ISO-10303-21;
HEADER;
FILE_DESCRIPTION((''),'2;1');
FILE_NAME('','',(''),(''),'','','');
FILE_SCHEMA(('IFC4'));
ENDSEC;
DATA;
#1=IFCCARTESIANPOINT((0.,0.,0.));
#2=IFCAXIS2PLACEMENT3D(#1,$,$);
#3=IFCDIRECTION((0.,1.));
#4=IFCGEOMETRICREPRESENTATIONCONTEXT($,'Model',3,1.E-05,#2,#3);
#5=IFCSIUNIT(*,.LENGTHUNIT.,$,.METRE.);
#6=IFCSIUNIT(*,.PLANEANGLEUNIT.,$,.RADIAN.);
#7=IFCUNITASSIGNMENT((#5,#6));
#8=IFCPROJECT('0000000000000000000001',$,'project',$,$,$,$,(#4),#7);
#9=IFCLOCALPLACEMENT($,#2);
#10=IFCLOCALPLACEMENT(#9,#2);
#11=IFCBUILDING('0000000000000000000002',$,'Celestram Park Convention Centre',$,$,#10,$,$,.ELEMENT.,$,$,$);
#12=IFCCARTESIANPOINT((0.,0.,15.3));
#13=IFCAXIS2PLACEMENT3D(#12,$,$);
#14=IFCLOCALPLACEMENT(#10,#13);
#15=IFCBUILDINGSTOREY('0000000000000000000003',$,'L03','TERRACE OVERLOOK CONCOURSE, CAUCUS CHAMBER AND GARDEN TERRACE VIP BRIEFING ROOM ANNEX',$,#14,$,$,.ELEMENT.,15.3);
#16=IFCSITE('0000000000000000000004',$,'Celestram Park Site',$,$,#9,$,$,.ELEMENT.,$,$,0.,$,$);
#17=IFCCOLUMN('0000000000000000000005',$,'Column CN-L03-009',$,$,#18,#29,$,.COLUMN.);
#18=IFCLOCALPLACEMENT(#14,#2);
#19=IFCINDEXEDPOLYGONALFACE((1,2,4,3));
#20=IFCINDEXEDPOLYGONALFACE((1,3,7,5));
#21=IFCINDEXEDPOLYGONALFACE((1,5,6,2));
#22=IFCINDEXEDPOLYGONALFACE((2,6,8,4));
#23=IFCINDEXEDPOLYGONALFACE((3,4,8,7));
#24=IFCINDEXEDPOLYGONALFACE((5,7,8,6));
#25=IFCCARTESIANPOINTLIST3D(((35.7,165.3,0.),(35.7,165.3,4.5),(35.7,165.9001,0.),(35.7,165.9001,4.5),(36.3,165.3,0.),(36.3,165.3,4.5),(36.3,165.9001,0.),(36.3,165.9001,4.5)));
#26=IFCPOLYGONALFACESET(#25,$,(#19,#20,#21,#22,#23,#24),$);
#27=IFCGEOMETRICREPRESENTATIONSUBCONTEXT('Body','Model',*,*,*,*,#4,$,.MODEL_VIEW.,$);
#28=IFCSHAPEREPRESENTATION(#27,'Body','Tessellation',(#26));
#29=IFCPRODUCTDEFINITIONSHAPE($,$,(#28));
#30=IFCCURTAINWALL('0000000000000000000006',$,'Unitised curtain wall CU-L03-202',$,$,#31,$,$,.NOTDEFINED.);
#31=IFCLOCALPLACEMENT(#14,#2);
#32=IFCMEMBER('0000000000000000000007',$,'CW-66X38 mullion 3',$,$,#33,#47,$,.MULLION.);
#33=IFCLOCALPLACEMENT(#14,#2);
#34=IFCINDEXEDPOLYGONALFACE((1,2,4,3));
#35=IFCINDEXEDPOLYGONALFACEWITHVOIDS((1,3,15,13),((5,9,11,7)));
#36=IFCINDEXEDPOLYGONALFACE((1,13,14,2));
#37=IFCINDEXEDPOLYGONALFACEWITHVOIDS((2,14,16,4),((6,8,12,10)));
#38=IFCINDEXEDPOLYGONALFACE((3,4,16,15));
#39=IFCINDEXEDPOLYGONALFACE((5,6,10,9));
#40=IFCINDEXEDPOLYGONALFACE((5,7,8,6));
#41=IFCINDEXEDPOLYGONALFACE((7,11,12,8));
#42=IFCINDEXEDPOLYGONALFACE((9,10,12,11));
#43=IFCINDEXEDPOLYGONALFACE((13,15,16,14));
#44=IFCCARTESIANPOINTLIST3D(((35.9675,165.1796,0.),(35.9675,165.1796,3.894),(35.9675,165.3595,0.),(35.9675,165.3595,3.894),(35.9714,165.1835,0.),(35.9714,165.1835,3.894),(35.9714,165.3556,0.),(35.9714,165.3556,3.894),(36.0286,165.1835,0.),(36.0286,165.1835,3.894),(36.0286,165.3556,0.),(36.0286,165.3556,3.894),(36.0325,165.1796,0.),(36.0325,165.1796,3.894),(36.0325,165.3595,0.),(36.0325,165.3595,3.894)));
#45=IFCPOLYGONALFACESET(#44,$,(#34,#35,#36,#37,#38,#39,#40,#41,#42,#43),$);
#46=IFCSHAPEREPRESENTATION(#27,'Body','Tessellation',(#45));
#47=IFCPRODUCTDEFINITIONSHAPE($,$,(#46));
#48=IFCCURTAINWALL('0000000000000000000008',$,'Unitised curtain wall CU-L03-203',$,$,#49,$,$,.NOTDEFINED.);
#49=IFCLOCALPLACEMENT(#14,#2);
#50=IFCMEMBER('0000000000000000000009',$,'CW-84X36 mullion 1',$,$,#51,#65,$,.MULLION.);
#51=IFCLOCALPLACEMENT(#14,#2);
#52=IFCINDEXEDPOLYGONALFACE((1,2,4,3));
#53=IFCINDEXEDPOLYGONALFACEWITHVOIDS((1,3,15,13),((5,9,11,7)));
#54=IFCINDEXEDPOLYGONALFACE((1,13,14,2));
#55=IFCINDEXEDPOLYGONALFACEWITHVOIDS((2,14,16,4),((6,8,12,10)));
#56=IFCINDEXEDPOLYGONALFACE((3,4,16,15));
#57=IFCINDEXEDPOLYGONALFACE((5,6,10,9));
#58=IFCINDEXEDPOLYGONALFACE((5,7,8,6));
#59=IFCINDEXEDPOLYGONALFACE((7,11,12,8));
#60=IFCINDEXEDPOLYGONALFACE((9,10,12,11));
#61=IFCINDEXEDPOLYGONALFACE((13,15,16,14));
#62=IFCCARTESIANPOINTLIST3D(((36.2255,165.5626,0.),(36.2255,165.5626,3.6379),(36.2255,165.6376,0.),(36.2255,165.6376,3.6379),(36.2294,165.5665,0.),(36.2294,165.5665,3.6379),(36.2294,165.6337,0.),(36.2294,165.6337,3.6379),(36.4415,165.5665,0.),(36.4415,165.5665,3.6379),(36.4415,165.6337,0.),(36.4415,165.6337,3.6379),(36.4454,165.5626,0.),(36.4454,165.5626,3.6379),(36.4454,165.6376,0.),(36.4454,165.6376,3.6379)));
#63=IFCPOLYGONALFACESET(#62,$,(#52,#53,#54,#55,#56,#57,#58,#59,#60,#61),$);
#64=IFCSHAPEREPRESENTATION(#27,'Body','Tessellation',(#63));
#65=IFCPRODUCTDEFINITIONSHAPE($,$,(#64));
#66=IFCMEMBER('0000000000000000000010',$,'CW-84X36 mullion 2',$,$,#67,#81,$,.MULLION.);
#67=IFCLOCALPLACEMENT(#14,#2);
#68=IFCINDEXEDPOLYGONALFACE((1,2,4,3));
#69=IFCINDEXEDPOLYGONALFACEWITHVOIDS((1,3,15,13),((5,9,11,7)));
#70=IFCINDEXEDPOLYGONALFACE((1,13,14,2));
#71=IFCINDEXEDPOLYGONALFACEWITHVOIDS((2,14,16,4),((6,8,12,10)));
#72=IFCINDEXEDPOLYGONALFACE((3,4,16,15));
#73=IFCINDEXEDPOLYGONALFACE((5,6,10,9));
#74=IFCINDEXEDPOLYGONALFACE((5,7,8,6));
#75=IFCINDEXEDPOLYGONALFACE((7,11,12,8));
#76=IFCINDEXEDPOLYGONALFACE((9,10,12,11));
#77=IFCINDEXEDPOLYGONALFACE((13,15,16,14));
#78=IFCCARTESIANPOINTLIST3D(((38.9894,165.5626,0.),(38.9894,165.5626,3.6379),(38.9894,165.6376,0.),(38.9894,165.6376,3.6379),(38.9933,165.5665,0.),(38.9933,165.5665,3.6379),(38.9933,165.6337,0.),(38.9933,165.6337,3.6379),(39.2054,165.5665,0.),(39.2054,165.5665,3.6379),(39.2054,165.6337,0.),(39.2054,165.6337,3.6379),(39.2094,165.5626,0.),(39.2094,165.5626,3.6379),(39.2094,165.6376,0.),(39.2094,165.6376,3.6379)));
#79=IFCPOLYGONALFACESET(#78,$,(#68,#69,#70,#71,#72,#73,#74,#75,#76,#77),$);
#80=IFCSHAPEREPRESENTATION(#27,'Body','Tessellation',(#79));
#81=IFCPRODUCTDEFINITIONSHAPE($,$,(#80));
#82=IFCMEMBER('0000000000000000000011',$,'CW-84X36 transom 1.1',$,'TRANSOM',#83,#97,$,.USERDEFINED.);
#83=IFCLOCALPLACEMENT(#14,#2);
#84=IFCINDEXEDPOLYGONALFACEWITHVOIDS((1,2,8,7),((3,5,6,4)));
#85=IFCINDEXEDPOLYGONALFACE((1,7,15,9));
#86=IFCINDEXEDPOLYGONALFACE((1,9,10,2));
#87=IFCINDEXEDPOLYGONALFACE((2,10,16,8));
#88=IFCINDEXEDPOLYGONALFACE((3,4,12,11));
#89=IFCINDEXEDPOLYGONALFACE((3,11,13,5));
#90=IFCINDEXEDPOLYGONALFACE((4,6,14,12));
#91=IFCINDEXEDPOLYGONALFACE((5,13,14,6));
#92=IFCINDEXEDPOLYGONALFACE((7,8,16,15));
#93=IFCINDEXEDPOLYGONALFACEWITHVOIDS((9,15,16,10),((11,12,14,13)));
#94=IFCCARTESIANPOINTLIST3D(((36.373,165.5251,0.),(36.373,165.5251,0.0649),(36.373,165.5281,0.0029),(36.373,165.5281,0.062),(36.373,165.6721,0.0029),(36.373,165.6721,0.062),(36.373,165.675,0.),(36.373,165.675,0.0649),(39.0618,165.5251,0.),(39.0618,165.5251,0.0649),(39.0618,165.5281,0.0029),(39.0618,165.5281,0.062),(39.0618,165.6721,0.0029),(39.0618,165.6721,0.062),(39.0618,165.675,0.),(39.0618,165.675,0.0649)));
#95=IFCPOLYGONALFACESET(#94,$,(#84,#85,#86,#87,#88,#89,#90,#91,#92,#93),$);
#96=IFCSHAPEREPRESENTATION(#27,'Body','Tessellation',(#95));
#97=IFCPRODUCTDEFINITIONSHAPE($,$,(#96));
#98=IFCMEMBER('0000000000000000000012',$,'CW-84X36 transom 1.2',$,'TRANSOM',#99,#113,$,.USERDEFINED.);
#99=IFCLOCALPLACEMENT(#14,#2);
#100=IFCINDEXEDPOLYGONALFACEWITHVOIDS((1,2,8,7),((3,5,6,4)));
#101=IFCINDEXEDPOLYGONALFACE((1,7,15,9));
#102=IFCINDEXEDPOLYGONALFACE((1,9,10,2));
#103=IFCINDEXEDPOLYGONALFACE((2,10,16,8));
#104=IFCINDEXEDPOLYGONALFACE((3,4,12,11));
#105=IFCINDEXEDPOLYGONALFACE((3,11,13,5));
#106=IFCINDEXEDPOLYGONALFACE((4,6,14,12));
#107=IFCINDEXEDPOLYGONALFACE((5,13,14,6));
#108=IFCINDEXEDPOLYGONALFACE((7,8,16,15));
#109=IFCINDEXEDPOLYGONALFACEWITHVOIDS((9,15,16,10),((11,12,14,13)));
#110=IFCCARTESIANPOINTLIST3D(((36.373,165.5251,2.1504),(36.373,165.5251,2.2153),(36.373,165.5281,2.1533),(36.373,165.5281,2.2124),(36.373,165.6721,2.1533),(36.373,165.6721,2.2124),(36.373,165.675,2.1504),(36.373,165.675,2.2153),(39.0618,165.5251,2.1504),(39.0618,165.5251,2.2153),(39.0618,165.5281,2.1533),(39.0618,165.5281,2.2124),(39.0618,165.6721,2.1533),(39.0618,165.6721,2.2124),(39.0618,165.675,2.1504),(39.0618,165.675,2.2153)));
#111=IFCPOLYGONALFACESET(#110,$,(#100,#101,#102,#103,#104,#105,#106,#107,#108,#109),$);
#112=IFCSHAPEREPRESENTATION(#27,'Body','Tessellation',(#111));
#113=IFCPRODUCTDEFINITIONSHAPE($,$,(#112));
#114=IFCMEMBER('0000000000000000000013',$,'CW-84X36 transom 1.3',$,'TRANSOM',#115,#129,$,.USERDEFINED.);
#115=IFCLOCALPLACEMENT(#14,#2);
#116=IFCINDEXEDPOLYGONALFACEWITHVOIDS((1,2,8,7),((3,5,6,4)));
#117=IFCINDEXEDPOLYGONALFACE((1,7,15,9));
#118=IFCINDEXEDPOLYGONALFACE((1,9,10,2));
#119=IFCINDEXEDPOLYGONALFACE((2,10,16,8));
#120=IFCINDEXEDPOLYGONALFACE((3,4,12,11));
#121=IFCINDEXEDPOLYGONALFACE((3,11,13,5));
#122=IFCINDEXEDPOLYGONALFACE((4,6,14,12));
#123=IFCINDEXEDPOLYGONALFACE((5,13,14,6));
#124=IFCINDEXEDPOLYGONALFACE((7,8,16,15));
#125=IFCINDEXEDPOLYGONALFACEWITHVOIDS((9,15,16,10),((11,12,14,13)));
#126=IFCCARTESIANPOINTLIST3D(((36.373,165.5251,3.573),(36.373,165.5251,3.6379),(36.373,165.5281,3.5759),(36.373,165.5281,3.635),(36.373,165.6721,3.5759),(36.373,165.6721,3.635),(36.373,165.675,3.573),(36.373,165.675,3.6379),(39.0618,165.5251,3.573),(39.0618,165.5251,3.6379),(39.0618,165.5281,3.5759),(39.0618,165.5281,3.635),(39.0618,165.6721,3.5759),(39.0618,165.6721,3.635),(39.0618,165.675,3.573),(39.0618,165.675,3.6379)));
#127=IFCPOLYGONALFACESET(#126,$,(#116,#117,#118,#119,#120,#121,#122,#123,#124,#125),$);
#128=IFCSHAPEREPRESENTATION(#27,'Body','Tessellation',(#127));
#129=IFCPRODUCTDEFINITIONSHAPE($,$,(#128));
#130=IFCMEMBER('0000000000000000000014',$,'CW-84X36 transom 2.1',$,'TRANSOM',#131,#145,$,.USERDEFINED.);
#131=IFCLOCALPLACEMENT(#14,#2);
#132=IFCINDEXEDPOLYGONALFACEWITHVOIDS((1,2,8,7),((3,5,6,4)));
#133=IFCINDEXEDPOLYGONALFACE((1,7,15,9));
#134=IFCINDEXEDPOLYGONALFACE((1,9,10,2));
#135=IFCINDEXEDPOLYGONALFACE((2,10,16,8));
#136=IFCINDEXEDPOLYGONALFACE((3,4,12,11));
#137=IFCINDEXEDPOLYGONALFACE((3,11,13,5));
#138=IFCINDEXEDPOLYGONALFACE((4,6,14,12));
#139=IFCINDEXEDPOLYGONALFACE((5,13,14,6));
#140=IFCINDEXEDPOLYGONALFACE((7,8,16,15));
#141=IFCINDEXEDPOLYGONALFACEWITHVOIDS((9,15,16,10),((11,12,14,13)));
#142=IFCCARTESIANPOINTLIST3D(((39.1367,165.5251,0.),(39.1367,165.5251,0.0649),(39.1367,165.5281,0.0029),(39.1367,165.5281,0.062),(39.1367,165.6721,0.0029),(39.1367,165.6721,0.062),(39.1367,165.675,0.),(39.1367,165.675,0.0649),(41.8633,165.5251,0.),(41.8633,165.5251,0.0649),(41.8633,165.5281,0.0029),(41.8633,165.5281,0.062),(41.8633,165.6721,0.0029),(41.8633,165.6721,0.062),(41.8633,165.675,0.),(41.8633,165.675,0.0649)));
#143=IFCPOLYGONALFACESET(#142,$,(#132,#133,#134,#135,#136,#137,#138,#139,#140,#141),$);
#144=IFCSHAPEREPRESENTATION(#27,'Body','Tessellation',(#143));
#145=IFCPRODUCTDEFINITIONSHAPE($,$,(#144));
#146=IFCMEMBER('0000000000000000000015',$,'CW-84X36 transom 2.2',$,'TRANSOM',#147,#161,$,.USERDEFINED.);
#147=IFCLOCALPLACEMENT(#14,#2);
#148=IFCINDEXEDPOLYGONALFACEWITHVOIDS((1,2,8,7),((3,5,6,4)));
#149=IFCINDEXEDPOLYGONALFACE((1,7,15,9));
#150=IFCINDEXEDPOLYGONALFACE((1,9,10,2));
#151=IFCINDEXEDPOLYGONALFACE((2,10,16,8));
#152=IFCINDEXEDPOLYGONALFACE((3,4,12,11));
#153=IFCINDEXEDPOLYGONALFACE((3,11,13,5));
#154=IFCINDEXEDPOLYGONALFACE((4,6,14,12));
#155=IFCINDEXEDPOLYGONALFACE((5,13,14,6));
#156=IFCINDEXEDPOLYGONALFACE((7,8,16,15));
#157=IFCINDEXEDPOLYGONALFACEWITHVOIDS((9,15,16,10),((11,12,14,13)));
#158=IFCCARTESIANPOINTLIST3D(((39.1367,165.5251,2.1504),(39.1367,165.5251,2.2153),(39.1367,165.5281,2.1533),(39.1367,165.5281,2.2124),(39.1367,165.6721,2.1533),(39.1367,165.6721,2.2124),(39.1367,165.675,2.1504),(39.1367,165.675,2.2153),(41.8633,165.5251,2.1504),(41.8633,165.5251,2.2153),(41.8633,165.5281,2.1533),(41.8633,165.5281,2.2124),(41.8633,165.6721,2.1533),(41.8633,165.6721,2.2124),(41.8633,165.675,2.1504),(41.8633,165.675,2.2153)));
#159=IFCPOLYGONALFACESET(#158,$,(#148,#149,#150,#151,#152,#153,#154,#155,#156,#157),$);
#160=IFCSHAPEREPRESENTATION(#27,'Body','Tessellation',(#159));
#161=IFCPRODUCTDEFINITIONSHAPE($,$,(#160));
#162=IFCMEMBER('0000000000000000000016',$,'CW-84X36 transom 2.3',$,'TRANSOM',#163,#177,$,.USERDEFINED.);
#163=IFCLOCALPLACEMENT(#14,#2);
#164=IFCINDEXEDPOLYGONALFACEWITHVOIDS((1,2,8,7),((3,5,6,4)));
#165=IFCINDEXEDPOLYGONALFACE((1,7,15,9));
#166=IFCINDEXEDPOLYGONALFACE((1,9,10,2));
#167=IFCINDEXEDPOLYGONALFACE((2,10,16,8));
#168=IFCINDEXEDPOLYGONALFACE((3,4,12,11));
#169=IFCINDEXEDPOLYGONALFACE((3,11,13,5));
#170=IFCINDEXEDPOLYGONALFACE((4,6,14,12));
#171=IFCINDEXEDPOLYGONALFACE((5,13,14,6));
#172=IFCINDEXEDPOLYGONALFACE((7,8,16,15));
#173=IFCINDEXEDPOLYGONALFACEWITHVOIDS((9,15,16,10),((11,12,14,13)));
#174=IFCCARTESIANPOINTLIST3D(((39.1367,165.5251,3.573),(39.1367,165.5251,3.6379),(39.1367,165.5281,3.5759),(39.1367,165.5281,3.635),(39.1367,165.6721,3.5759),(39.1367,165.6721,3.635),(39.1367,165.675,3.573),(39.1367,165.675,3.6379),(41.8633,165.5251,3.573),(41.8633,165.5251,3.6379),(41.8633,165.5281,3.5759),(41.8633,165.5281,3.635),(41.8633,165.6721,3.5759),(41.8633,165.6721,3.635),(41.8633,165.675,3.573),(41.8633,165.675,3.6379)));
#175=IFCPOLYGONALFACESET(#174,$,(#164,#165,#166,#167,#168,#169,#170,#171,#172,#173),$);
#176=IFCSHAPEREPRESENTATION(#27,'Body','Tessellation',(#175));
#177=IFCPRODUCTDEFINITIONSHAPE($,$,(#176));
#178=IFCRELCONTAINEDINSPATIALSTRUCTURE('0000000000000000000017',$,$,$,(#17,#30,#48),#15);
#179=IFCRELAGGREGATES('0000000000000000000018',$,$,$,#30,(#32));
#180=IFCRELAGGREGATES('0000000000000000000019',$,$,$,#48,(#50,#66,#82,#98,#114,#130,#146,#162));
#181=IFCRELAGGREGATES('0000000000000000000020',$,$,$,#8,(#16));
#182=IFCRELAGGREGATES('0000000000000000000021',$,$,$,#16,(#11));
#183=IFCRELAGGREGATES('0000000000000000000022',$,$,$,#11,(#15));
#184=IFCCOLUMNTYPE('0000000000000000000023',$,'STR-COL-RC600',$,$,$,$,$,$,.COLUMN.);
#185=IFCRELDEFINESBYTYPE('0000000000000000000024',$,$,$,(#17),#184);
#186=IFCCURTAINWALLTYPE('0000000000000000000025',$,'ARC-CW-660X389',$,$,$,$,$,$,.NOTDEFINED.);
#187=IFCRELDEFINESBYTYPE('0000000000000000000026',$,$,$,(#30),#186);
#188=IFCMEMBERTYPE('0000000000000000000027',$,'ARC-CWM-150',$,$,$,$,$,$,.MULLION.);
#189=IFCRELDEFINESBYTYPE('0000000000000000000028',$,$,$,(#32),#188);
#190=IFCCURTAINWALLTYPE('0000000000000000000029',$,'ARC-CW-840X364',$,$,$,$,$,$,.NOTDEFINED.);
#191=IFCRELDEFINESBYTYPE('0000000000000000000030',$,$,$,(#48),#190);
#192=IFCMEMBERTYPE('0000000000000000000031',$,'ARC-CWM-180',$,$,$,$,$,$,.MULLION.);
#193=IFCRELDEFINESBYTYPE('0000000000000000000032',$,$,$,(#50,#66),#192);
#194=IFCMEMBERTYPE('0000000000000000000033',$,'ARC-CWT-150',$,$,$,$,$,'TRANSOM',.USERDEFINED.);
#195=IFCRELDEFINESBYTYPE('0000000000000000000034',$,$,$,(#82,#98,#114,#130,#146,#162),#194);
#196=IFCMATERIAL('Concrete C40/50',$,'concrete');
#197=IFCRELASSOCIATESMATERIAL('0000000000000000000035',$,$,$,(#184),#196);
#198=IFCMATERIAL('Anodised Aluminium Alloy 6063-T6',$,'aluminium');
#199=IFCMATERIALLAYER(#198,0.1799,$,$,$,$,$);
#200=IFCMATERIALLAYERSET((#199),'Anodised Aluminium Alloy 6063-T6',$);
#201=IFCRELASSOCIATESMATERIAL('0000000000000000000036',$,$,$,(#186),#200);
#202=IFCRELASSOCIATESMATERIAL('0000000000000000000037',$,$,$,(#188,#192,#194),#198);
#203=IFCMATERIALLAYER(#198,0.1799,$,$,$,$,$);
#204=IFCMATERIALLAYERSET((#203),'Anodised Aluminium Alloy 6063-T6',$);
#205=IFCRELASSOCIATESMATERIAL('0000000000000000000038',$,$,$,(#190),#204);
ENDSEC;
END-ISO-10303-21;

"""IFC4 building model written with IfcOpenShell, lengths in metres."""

from ifc_helpers import new_model, si_unit, direction, frame, origin, origin_2d, place, context, subcontext, project, spatial, rectangle, hollow_rectangle, extrude, material, layer, layer_set, material_profile, profile_set, type_object, element, aggregate, save


model = new_model("IFC4")

# Units and contexts
model_context = context("Model", 3, precision=1e-05, world=origin(), true_north=direction((0.0, 1.0)))
body_context = subcontext(model_context, "Body", "Model", "MODEL_VIEW")
ifc_project = project(units=[si_unit("LENGTHUNIT", "METRE"), si_unit("PLANEANGLEUNIT", "RADIAN")], contexts=[model_context])

# Site, building, storey
site_placement = place(None, origin())
site = spatial("IfcSite", under=ifc_project, at=site_placement, Name="Celestram Park Site", CompositionType="ELEMENT", RefElevation=0.0)
building_placement = place(site_placement, origin())
building = spatial("IfcBuilding", under=site, at=building_placement, Name="Celestram Park Convention Centre", CompositionType="ELEMENT")
storey_placement = place(building_placement, frame((0.0, 0.0, 15.3)))
storey = spatial("IfcBuildingStorey", under=building, at=storey_placement, Name="L03", Description="TERRACE OVERLOOK CONCOURSE, CAUCUS CHAMBER AND GARDEN TERRACE VIP BRIEFING ROOM ANNEX", CompositionType="ELEMENT", Elevation=15.3)

# Column
ifc_material_1 = material(Name="Concrete C40/50", Category="concrete")
ifc_material_profile_1 = material_profile(ifc_material_1, rectangle(XDim=0.6001, YDim=0.6001, at=origin_2d()), Name="RC600X600")
ifc_profile_set_1 = profile_set([ifc_material_profile_1], Name="Concrete C40/50")
column_type = type_object("IfcColumnType", Name="STR-COL-RC600", PredefinedType="COLUMN", material=ifc_profile_set_1)
column_placement = place(storey_placement, frame((36.0, 165.6001, 0.0), z_axis=(0.0, 0.0, 1.0), x_axis=(1.0, 0.0, 0.0)))
element("IfcColumn", 1, at=column_placement, inside=storey, type_object=column_type, Name="Column CN-L03-009", PredefinedType="COLUMN", context=body_context, shape_type="SweptSolid", body=[
    extrude(rectangle(XDim=0.6001, YDim=0.6001, at=origin_2d()), origin(), (0.0, 0.0, 1.0), 4.5),
])

# Curtain wall, member
ifc_material_2 = material(Name="Anodised Aluminium Alloy 6063-T6", Category="aluminium")
ifc_layer_1 = layer(ifc_material_2, 0.1799)
ifc_layer_set_1 = layer_set([ifc_layer_1], Name="Anodised Aluminium Alloy 6063-T6")
curtain_wall_type_1 = type_object("IfcCurtainWallType", Name="ARC-CW-660X389", PredefinedType="NOTDEFINED", material=ifc_layer_set_1)
curtain_wall_1_placement = place(storey_placement, origin())
curtain_wall_1 = element("IfcCurtainWall", 2, at=curtain_wall_1_placement, inside=storey, type_object=curtain_wall_type_1, Name="Unitised curtain wall CU-L03-202", PredefinedType="NOTDEFINED")
ifc_material_profile_2 = material_profile(ifc_material_2, hollow_rectangle(XDim=0.0649, YDim=0.1799, WallThickness=0.0039, at=origin_2d()), Name="ALU65X180X4")
ifc_profile_set_2 = profile_set([ifc_material_profile_2], Name="Anodised Aluminium Alloy 6063-T6")
member_type_1 = type_object("IfcMemberType", Name="ARC-CWM-150", PredefinedType="MULLION", material=ifc_profile_set_2)
member_1_placement = place(storey_placement, frame((36.0, 165.2695, 0.0), z_axis=(0.0, 0.0, 1.0), x_axis=(-1.0, 0.0, 0.0)))
member_1 = element("IfcMember", 3, at=member_1_placement, type_object=member_type_1, Name="CW-66X38 mullion 3", PredefinedType="MULLION", context=body_context, shape_type="SweptSolid", body=[
    extrude(hollow_rectangle(XDim=0.0649, YDim=0.1799, WallThickness=0.0039, at=origin_2d()), origin(), (0.0, 0.0, 1.0), 3.894),
])
aggregate(curtain_wall_1, [member_1])

# Curtain wall, members
ifc_layer_2 = layer(ifc_material_2, 0.1799)
ifc_layer_set_2 = layer_set([ifc_layer_2], Name="Anodised Aluminium Alloy 6063-T6")
curtain_wall_type_2 = type_object("IfcCurtainWallType", Name="ARC-CW-840X364", PredefinedType="NOTDEFINED", material=ifc_layer_set_2)
curtain_wall_2_placement = place(storey_placement, origin())
curtain_wall_2 = element("IfcCurtainWall", 4, at=curtain_wall_2_placement, inside=storey, type_object=curtain_wall_type_2, Name="Unitised curtain wall CU-L03-203", PredefinedType="NOTDEFINED")
ifc_material_profile_3 = material_profile(ifc_material_2, hollow_rectangle(XDim=0.075, YDim=0.22, WallThickness=0.0039, at=origin_2d()), Name="ALU75X220X4")
ifc_profile_set_3 = profile_set([ifc_material_profile_3], Name="Anodised Aluminium Alloy 6063-T6")
member_type_2 = type_object("IfcMemberType", Name="ARC-CWM-180", PredefinedType="MULLION", material=ifc_profile_set_3)
member_2_placement = place(storey_placement, frame((36.3354, 165.6001, 0.0), z_axis=(0.0, 0.0, 1.0), x_axis=(0.0, 1.0, 0.0)))
member_2 = element("IfcMember", 5, at=member_2_placement, type_object=member_type_2, Name="CW-84X36 mullion 1", PredefinedType="MULLION", context=body_context, shape_type="SweptSolid", body=[
    extrude(hollow_rectangle(XDim=0.075, YDim=0.22, WallThickness=0.0039, at=origin_2d()), origin(), (0.0, 0.0, 1.0), 3.6379),
])
member_3_placement = place(storey_placement, frame((39.0994, 165.6001, 0.0), z_axis=(0.0, 0.0, 1.0), x_axis=(0.0, 1.0, 0.0)))
member_3 = element("IfcMember", 6, at=member_3_placement, type_object=member_type_2, Name="CW-84X36 mullion 2", PredefinedType="MULLION", context=body_context, shape_type="SweptSolid", body=[
    extrude(hollow_rectangle(XDim=0.075, YDim=0.22, WallThickness=0.0039, at=origin_2d()), origin(), (0.0, 0.0, 1.0), 3.6379),
])
ifc_material_profile_4 = material_profile(ifc_material_2, hollow_rectangle(XDim=0.1499, YDim=0.0649, WallThickness=0.0029, at=origin_2d()), Name="ALU150X65X3")
ifc_profile_set_4 = profile_set([ifc_material_profile_4], Name="Anodised Aluminium Alloy 6063-T6")
member_type_3 = type_object("IfcMemberType", Name="ARC-CWT-150", ElementType="TRANSOM", PredefinedType="USERDEFINED", material=ifc_profile_set_4)
member_4_placement = place(storey_placement, frame((36.373, 165.6001, 0.0325), z_axis=(1.0, 0.0, 0.0), x_axis=(0.0, 1.0, 0.0)))
member_4 = element("IfcMember", 7, at=member_4_placement, type_object=member_type_3, Name="CW-84X36 transom 1.1", ObjectType="TRANSOM", PredefinedType="USERDEFINED", context=body_context, shape_type="SweptSolid", body=[
    extrude(hollow_rectangle(XDim=0.1499, YDim=0.0649, WallThickness=0.0029, at=origin_2d()), origin(), (0.0, 0.0, 1.0), 2.6887),
])
member_5_placement = place(storey_placement, frame((36.373, 165.6001, 2.1829), z_axis=(1.0, 0.0, 0.0), x_axis=(0.0, 1.0, 0.0)))
member_5 = element("IfcMember", 8, at=member_5_placement, type_object=member_type_3, Name="CW-84X36 transom 1.2", ObjectType="TRANSOM", PredefinedType="USERDEFINED", context=body_context, shape_type="SweptSolid", body=[
    extrude(hollow_rectangle(XDim=0.1499, YDim=0.0649, WallThickness=0.0029, at=origin_2d()), origin(), (0.0, 0.0, 1.0), 2.6887),
])
member_6_placement = place(storey_placement, frame((36.373, 165.6001, 3.6055), z_axis=(1.0, 0.0, 0.0), x_axis=(0.0, 1.0, 0.0)))
member_6 = element("IfcMember", 9, at=member_6_placement, type_object=member_type_3, Name="CW-84X36 transom 1.3", ObjectType="TRANSOM", PredefinedType="USERDEFINED", context=body_context, shape_type="SweptSolid", body=[
    extrude(hollow_rectangle(XDim=0.1499, YDim=0.0649, WallThickness=0.0029, at=origin_2d()), origin(), (0.0, 0.0, 1.0), 2.6887),
])
member_7_placement = place(storey_placement, frame((39.1367, 165.6001, 0.0325), z_axis=(1.0, 0.0, 0.0), x_axis=(0.0, 1.0, 0.0)))
member_7 = element("IfcMember", 10, at=member_7_placement, type_object=member_type_3, Name="CW-84X36 transom 2.1", ObjectType="TRANSOM", PredefinedType="USERDEFINED", context=body_context, shape_type="SweptSolid", body=[
    extrude(hollow_rectangle(XDim=0.1499, YDim=0.0649, WallThickness=0.0029, at=origin_2d()), origin(), (0.0, 0.0, 1.0), 2.7266),
])
member_8_placement = place(storey_placement, frame((39.1367, 165.6001, 2.1829), z_axis=(1.0, 0.0, 0.0), x_axis=(0.0, 1.0, 0.0)))
member_8 = element("IfcMember", 11, at=member_8_placement, type_object=member_type_3, Name="CW-84X36 transom 2.2", ObjectType="TRANSOM", PredefinedType="USERDEFINED", context=body_context, shape_type="SweptSolid", body=[
    extrude(hollow_rectangle(XDim=0.1499, YDim=0.0649, WallThickness=0.0029, at=origin_2d()), origin(), (0.0, 0.0, 1.0), 2.7266),
])
member_9_placement = place(storey_placement, frame((39.1367, 165.6001, 3.6055), z_axis=(1.0, 0.0, 0.0), x_axis=(0.0, 1.0, 0.0)))
member_9 = element("IfcMember", 12, at=member_9_placement, type_object=member_type_3, Name="CW-84X36 transom 2.3", ObjectType="TRANSOM", PredefinedType="USERDEFINED", context=body_context, shape_type="SweptSolid", body=[
    extrude(hollow_rectangle(XDim=0.1499, YDim=0.0649, WallThickness=0.0029, at=origin_2d()), origin(), (0.0, 0.0, 1.0), 2.7266),
])

aggregate(curtain_wall_2, [member_2, member_3, member_4, member_5, member_6, member_7, member_8, member_9])

save(model, "model.ifc")
